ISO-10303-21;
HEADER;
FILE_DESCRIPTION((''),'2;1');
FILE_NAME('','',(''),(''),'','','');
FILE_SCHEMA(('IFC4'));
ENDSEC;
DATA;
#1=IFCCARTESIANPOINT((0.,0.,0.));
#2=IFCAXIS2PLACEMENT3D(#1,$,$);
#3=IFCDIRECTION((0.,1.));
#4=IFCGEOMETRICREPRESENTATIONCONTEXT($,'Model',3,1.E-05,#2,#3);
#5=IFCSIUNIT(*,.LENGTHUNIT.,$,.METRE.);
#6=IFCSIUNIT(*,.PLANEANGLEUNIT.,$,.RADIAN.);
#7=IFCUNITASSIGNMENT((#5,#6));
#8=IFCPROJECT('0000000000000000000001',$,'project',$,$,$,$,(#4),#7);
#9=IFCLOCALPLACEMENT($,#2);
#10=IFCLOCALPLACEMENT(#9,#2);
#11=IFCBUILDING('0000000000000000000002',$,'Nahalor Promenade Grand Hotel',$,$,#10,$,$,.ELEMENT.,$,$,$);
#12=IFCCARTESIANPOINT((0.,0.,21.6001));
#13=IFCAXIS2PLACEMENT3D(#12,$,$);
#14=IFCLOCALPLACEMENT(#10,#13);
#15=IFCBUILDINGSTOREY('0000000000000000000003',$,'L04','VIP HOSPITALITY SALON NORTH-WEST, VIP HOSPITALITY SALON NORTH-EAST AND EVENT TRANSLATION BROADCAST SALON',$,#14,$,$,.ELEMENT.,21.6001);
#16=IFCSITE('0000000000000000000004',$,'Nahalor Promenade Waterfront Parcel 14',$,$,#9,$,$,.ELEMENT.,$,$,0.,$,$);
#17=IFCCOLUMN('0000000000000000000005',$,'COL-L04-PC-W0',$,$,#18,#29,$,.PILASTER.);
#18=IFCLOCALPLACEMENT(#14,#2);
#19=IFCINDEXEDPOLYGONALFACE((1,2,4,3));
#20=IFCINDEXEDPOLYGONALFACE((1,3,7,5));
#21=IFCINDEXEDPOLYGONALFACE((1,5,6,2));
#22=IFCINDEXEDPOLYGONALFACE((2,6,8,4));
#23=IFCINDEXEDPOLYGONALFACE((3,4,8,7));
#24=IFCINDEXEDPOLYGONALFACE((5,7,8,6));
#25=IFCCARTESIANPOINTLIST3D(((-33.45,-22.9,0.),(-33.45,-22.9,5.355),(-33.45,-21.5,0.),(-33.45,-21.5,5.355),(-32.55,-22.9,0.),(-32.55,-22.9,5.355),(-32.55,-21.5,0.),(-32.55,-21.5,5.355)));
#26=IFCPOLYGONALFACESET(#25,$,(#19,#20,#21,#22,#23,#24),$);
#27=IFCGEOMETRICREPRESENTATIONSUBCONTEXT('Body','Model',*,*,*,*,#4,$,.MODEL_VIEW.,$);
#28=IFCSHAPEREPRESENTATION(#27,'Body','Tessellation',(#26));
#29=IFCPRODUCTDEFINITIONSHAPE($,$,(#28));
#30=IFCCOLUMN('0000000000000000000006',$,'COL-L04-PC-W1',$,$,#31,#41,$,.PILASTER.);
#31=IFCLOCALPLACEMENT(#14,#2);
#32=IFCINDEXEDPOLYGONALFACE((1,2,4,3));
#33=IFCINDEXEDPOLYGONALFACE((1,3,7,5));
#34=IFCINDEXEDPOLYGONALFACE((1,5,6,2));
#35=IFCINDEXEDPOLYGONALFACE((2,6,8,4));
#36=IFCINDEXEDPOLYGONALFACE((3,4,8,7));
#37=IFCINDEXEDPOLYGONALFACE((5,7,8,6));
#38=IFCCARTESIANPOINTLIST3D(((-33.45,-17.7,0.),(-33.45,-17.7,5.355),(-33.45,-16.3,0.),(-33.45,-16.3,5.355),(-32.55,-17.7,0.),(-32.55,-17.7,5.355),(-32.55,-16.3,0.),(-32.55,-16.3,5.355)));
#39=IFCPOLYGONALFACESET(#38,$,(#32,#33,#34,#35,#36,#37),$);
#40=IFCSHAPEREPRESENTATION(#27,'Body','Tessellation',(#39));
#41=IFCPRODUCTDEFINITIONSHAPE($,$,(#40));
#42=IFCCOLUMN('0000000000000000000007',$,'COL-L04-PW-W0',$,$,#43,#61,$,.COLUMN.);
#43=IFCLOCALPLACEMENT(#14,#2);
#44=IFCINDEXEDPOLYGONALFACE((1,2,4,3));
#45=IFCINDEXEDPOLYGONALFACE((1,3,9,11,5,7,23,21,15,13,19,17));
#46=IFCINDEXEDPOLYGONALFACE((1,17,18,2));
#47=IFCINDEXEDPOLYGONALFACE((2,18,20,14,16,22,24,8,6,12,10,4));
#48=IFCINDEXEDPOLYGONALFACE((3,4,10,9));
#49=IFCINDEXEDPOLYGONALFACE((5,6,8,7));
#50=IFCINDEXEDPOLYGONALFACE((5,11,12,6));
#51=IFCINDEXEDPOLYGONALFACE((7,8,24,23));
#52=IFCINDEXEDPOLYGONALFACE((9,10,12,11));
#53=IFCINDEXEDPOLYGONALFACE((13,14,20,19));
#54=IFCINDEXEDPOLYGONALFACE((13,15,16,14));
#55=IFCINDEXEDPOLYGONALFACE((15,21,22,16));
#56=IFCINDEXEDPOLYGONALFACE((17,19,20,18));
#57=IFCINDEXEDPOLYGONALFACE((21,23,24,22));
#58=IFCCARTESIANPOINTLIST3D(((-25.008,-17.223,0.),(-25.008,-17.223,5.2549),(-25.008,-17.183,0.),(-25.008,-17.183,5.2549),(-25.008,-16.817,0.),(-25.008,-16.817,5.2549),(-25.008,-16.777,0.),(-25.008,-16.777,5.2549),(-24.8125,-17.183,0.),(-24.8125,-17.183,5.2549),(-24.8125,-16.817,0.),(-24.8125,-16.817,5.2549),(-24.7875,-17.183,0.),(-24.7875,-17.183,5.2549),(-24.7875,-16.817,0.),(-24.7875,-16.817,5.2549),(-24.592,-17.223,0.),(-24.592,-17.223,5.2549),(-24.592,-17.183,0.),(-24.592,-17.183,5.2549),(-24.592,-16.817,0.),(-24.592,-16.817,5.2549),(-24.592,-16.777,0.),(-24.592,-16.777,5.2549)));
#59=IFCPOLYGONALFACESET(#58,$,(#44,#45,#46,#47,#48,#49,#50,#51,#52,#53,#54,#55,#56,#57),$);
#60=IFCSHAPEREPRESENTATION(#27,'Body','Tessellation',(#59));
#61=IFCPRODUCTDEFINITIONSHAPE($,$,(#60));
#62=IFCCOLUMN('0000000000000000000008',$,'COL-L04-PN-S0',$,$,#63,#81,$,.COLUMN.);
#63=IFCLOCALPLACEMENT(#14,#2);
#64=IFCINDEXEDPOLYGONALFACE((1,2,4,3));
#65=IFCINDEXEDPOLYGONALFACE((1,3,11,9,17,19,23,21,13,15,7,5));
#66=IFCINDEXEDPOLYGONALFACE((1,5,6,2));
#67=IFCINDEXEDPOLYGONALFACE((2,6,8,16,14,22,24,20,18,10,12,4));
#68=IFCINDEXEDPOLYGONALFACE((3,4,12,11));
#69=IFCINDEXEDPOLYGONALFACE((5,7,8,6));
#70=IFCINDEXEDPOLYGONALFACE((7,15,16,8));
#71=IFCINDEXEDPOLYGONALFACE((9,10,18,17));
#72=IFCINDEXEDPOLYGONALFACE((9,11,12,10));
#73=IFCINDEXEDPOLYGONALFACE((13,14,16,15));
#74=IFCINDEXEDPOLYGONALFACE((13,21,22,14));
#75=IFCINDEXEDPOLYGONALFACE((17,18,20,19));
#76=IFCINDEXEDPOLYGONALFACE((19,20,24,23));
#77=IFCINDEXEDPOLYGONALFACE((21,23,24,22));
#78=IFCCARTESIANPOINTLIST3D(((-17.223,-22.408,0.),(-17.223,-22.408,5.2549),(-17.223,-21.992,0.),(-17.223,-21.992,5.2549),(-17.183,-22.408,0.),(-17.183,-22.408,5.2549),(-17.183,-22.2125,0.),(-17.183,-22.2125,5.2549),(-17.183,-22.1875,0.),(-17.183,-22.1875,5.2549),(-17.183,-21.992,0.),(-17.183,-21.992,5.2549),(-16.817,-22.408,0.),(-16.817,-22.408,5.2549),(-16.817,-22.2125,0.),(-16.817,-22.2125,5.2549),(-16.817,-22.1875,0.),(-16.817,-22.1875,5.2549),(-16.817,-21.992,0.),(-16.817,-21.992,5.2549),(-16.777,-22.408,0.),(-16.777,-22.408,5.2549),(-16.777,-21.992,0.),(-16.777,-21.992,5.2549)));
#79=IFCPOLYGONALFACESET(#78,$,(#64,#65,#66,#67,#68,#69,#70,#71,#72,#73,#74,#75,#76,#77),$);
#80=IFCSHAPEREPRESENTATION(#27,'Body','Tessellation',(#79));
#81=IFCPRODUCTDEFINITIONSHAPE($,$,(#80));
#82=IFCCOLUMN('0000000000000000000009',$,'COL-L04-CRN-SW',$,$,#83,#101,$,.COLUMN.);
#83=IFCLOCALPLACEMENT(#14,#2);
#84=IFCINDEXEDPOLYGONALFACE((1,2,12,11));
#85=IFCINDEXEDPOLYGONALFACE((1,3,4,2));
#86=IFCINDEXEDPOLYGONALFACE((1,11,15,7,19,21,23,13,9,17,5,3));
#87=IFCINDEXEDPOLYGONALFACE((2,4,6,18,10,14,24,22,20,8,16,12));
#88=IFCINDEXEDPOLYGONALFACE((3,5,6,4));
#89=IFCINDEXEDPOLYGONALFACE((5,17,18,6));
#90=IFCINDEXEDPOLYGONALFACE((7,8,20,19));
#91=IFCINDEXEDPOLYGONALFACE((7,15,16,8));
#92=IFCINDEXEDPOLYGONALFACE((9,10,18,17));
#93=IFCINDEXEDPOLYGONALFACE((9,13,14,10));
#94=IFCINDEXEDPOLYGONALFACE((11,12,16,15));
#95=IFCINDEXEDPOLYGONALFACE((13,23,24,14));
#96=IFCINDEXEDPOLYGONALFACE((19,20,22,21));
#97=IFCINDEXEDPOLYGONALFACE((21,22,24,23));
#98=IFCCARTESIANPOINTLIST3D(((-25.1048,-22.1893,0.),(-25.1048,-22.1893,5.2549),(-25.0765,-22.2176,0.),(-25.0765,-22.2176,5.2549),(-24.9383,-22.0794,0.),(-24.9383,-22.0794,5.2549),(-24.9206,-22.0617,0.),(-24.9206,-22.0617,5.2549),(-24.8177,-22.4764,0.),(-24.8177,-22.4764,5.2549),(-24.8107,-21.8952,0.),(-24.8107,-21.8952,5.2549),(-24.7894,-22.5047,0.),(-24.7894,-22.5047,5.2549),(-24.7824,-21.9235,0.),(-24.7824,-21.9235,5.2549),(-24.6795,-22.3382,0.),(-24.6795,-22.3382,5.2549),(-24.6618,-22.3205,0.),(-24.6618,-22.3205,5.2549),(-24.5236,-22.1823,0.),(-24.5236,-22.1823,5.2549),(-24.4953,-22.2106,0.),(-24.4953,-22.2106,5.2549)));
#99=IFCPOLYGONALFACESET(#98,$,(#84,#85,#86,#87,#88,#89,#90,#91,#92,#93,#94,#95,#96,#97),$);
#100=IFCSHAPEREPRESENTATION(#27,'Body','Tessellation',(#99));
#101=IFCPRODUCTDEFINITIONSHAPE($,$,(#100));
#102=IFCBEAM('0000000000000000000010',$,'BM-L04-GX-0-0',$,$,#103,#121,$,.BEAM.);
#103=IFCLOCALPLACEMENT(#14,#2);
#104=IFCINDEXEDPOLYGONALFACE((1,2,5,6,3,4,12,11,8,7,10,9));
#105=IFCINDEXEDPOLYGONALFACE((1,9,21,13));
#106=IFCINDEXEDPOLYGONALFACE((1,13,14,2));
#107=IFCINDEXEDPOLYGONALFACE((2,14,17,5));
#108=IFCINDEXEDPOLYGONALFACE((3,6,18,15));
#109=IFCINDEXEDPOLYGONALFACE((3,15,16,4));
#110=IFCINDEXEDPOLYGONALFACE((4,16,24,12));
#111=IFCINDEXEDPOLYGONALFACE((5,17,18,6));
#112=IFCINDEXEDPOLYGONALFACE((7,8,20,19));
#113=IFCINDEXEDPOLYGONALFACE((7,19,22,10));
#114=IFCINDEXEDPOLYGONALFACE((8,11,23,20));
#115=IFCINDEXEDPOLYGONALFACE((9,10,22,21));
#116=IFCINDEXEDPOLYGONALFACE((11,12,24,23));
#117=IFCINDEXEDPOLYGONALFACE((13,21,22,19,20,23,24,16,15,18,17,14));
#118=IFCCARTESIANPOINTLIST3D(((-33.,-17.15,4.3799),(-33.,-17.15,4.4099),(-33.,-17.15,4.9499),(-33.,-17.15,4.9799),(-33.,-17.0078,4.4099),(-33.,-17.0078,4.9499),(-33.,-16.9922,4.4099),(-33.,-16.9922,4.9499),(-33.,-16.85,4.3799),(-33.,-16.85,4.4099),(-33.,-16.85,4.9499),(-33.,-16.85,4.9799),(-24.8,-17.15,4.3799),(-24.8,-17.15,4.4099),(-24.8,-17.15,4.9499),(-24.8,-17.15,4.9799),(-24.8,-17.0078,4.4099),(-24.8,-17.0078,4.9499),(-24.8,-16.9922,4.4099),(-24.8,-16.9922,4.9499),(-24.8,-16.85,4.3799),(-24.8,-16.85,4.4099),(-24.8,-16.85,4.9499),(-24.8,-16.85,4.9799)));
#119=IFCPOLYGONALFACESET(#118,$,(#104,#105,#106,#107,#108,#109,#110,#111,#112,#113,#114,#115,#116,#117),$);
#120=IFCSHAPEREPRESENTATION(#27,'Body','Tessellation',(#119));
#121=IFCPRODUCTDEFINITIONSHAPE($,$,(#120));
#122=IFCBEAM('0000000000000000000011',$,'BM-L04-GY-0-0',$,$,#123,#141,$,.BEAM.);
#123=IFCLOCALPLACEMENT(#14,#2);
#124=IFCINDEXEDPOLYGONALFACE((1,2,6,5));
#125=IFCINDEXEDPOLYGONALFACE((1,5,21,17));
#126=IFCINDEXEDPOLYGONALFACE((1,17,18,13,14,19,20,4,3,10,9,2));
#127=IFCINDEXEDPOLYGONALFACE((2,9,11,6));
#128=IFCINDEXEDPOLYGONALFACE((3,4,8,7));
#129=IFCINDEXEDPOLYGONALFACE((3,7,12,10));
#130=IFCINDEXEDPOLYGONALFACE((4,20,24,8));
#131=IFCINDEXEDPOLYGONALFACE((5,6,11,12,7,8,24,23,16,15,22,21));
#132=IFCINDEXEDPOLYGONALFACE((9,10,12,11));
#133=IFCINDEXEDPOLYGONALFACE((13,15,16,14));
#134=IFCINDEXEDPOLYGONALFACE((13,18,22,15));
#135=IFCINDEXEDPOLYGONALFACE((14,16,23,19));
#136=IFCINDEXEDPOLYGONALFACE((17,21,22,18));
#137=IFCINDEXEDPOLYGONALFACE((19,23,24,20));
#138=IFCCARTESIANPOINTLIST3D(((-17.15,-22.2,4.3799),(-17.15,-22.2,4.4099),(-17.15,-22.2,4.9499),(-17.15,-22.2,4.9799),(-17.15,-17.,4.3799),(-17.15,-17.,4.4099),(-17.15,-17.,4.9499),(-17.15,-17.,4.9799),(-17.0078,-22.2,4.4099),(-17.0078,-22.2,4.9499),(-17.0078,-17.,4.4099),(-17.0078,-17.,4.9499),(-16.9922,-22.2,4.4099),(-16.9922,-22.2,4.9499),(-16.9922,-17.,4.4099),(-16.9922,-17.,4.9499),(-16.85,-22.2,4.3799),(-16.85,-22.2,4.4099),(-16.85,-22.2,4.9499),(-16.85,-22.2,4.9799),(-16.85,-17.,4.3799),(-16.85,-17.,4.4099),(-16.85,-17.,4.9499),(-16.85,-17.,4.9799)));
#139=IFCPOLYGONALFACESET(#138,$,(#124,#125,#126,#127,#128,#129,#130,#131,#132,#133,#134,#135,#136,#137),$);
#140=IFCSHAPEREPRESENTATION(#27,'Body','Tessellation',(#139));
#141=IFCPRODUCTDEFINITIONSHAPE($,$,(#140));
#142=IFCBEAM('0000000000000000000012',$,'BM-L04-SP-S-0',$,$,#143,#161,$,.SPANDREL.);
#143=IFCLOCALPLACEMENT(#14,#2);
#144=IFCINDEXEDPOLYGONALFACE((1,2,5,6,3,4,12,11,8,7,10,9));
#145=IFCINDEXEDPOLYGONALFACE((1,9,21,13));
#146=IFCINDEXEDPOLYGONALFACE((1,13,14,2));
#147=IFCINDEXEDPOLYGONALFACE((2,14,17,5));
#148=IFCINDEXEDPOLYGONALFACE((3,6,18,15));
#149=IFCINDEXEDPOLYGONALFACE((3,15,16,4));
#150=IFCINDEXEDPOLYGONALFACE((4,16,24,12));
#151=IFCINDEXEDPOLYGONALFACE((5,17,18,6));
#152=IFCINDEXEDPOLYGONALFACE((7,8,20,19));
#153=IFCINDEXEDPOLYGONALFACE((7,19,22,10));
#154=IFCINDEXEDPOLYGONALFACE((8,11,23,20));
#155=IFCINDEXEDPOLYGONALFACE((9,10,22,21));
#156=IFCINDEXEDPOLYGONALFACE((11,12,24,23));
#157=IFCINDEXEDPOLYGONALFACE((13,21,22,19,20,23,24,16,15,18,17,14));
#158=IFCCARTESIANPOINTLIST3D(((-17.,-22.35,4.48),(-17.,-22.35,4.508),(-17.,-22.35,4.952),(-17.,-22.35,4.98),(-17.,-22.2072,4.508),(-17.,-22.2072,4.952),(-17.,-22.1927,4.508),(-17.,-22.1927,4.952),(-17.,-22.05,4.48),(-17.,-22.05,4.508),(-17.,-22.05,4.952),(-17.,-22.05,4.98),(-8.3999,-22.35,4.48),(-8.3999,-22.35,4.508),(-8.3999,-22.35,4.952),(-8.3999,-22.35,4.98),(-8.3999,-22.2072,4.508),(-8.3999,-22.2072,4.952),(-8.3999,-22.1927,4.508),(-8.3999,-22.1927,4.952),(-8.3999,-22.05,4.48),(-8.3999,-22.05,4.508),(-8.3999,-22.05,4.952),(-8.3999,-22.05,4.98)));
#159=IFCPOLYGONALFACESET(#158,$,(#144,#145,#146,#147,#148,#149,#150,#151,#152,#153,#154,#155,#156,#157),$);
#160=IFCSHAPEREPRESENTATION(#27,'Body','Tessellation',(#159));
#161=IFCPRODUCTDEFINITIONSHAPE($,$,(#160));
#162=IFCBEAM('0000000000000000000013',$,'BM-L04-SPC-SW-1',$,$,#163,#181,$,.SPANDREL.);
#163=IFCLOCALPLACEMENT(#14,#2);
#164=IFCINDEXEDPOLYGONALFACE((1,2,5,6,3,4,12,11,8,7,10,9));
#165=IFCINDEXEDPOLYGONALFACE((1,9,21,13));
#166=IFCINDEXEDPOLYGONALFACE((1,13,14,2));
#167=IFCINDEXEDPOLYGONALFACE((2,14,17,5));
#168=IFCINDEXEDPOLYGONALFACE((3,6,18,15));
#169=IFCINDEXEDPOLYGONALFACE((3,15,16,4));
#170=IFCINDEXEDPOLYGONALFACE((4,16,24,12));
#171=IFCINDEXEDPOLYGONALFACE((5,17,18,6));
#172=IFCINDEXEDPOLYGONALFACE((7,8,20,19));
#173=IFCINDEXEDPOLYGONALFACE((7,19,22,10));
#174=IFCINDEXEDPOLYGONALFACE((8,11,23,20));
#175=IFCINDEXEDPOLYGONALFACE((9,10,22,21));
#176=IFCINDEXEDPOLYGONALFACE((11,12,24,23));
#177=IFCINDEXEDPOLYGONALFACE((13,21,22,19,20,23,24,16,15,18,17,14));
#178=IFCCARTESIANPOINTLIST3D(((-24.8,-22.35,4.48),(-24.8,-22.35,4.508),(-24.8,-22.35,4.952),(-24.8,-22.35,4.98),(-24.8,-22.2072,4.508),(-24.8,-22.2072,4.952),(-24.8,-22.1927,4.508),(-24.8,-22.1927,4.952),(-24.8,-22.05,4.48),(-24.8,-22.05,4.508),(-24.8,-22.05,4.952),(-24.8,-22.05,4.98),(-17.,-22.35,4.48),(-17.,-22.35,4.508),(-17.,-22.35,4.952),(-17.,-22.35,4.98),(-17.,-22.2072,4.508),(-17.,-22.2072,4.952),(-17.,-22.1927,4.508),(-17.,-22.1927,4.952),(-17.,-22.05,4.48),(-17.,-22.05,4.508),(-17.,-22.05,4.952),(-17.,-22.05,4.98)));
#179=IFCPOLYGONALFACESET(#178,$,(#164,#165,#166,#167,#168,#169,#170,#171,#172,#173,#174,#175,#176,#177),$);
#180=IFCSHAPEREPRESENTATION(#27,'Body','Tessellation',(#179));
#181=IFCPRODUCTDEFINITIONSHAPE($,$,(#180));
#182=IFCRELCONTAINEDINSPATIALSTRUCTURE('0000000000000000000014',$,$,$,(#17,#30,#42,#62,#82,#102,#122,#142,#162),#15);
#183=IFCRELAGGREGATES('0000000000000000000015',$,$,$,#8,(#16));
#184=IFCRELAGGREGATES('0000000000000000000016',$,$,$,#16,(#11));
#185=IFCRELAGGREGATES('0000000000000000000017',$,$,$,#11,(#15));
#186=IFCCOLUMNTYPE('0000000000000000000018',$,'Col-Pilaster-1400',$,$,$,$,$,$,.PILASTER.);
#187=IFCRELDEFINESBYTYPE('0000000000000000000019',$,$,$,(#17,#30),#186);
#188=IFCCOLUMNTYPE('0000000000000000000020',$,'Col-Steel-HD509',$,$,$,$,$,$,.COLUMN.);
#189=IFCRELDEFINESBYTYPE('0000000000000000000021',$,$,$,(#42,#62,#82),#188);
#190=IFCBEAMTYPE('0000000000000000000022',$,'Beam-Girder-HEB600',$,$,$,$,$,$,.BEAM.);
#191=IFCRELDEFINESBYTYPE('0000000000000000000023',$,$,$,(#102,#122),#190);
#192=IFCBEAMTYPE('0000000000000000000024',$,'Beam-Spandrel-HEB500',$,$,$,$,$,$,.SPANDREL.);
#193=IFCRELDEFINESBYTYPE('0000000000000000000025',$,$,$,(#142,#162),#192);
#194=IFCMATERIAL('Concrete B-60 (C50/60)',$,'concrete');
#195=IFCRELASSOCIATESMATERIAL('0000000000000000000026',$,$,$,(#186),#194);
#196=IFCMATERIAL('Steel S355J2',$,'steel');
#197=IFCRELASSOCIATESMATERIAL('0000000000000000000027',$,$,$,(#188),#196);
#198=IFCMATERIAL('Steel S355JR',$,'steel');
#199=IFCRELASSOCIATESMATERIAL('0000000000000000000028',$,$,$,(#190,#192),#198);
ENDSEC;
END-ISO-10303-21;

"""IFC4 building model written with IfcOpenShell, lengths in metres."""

from ifc_helpers import new_model, si_unit, direction, frame, origin, origin_2d, place, context, subcontext, project, spatial, rectangle, i_section, extrude, source, transform, mapped, material, material_profile, profile_set, type_object, element, save


model = new_model("IFC4")

# Units and contexts
model_context = context("Model", 3, precision=1e-05, world=origin(), true_north=direction((0.0, 1.0)))
body_context = subcontext(model_context, "Body", "Model", "MODEL_VIEW")
ifc_project = project(units=[si_unit("LENGTHUNIT", "METRE"), si_unit("PLANEANGLEUNIT", "RADIAN")], contexts=[model_context])

# Site, building, storey
site_placement = place(None, origin())
site = spatial("IfcSite", under=ifc_project, at=site_placement, Name="Nahalor Promenade Waterfront Parcel 14", CompositionType="ELEMENT", RefElevation=0.0)
building_placement = place(site_placement, origin())
building = spatial("IfcBuilding", under=site, at=building_placement, Name="Nahalor Promenade Grand Hotel", CompositionType="ELEMENT")
storey_placement = place(building_placement, frame((0.0, 0.0, 21.6001)))
storey = spatial("IfcBuildingStorey", under=building, at=storey_placement, Name="L04", Description="VIP HOSPITALITY SALON NORTH-WEST, VIP HOSPITALITY SALON NORTH-EAST AND EVENT TRANSLATION BROADCAST SALON", CompositionType="ELEMENT", Elevation=21.6001)

# Columns
ifc_material_1 = material(Name="Concrete B-60 (C50/60)", Category="concrete")
ifc_material_profile_1 = material_profile(ifc_material_1, rectangle(XDim=0.9, YDim=1.4, at=origin_2d()), Name="RC 900x1400")
ifc_profile_set_1 = profile_set([ifc_material_profile_1], Name="Concrete B-60 (C50/60)")
column_type_1 = type_object("IfcColumnType", Name="Col-Pilaster-1400", PredefinedType="PILASTER", material=ifc_profile_set_1)
shared_shape_1 = source(origin(), body_context, "Body", "SweptSolid", [
    extrude(rectangle(XDim=0.9, YDim=1.4, at=origin_2d()), origin(), (0.0, 0.0, 1.0), 5.355),
])
for number, where, z_axis, x_axis, name in (
    (1, (-33.0, -22.2, 0.0), (0.0, 0.0, 1.0), (1.0, 0.0, 0.0), "COL-L04-PC-W0"),
    (2, (-33.0, -17.0, 0.0), (0.0, 0.0, 1.0), (1.0, 0.0, 0.0), "COL-L04-PC-W1"),
):
    element("IfcColumn", number, at=place(storey_placement, frame(where, z_axis=z_axis, x_axis=x_axis)), inside=storey, type_object=column_type_1, Name=name, PredefinedType="PILASTER", context=body_context, shape_type="MappedRepresentation", body=[
        mapped(shared_shape_1, transform((0.0, 0.0, 0.0), scale=1.0)),
    ])
ifc_material_2 = material(Name="Steel S355J2", Category="steel")
ifc_material_profile_2 = material_profile(ifc_material_2, i_section(OverallWidth=0.416, OverallDepth=0.446, WebThickness=0.025, FlangeThickness=0.04, at=origin_2d()), Name="HD 400x509")
ifc_profile_set_2 = profile_set([ifc_material_profile_2], Name="Steel S355J2")
column_type_2 = type_object("IfcColumnType", Name="Col-Steel-HD509", PredefinedType="COLUMN", material=ifc_profile_set_2)
shared_shape_2 = source(origin(), body_context, "Body", "SweptSolid", [
    extrude(i_section(OverallWidth=0.416, OverallDepth=0.446, WebThickness=0.025, FlangeThickness=0.04, at=origin_2d()), origin(), (0.0, 0.0, 1.0), 5.2549),
])
for number, where, z_axis, x_axis, name in (
    (3, (-24.8, -17.0, 0.0), (0.0, 0.0, 1.0), (1.0, 0.0, 0.0), "COL-L04-PW-W0"),
    (4, (-17.0, -22.2, 0.0), (0.0, 0.0, 1.0), (0.0, 1.0, 0.0), "COL-L04-PN-S0"),
    (5, (-24.8, -22.2, 0.0), (0.0, 0.0, 1.0), (0.707107, 0.707107, 0.0), "COL-L04-CRN-SW"),
):
    element("IfcColumn", number, at=place(storey_placement, frame(where, z_axis=z_axis, x_axis=x_axis)), inside=storey, type_object=column_type_2, Name=name, PredefinedType="COLUMN", context=body_context, shape_type="MappedRepresentation", body=[
        mapped(shared_shape_2, transform((0.0, 0.0, 0.0), scale=1.0)),
    ])

# Beams
ifc_material_3 = material(Name="Steel S355JR", Category="steel")
ifc_material_profile_3 = material_profile(ifc_material_3, i_section(OverallWidth=0.3, OverallDepth=0.6, WebThickness=0.0155, FlangeThickness=0.03, at=origin_2d()), Name="HEB 600")
ifc_profile_set_3 = profile_set([ifc_material_profile_3], Name="Steel S355JR")
beam_type_1 = type_object("IfcBeamType", Name="Beam-Girder-HEB600", PredefinedType="BEAM", material=ifc_profile_set_3)
shared_shape_3 = source(origin(), body_context, "Body", "SweptSolid", [
    extrude(i_section(OverallWidth=0.3, OverallDepth=0.6, WebThickness=0.0155, FlangeThickness=0.03, at=origin_2d()), origin(), (0.0, 0.0, 1.0), 8.2),
])
beam_1_placement = place(storey_placement, frame((-33.0, -17.0, 4.6799), z_axis=(1.0, 0.0, 0.0), x_axis=(0.0, 1.0, 0.0)))
element("IfcBeam", 6, at=beam_1_placement, inside=storey, type_object=beam_type_1, Name="BM-L04-GX-0-0", PredefinedType="BEAM", context=body_context, shape_type="MappedRepresentation", body=[
    mapped(shared_shape_3, transform((0.0, 0.0, 0.0), scale=1.0)),
])
shared_shape_4 = source(origin(), body_context, "Body", "SweptSolid", [
    extrude(i_section(OverallWidth=0.3, OverallDepth=0.6, WebThickness=0.0155, FlangeThickness=0.03, at=origin_2d()), origin(), (0.0, 0.0, 1.0), 5.2),
])
beam_2_placement = place(storey_placement, frame((-17.0, -22.2, 4.6799), z_axis=(0.0, 1.0, 0.0), x_axis=(-1.0, 0.0, 0.0)))
element("IfcBeam", 7, at=beam_2_placement, inside=storey, type_object=beam_type_1, Name="BM-L04-GY-0-0", PredefinedType="BEAM", context=body_context, shape_type="MappedRepresentation", body=[
    mapped(shared_shape_4, transform((0.0, 0.0, 0.0), scale=1.0)),
])
ifc_material_profile_4 = material_profile(ifc_material_3, i_section(OverallWidth=0.3, OverallDepth=0.5, WebThickness=0.0145, FlangeThickness=0.028, at=origin_2d()), Name="HEB 500")
ifc_profile_set_4 = profile_set([ifc_material_profile_4], Name="Steel S355JR")
beam_type_2 = type_object("IfcBeamType", Name="Beam-Spandrel-HEB500", PredefinedType="SPANDREL", material=ifc_profile_set_4)
shared_shape_5 = source(origin(), body_context, "Body", "SweptSolid", [
    extrude(i_section(OverallWidth=0.3, OverallDepth=0.5, WebThickness=0.0145, FlangeThickness=0.028, at=origin_2d()), origin(), (0.0, 0.0, 1.0), 8.6001),
])
beam_3_placement = place(storey_placement, frame((-17.0, -22.2, 4.73), z_axis=(1.0, 0.0, 0.0), x_axis=(0.0, 1.0, 0.0)))
element("IfcBeam", 8, at=beam_3_placement, inside=storey, type_object=beam_type_2, Name="BM-L04-SP-S-0", PredefinedType="SPANDREL", context=body_context, shape_type="MappedRepresentation", body=[
    mapped(shared_shape_5, transform((0.0, 0.0, 0.0), scale=1.0)),
])
shared_shape_6 = source(origin(), body_context, "Body", "SweptSolid", [
    extrude(i_section(OverallWidth=0.3, OverallDepth=0.5, WebThickness=0.0145, FlangeThickness=0.028, at=origin_2d()), origin(), (0.0, 0.0, 1.0), 7.8),
])
beam_4_placement = place(storey_placement, frame((-17.0, -22.2, 4.73), z_axis=(-1.0, 0.0, 0.0), x_axis=(0.0, -1.0, 0.0)))
element("IfcBeam", 9, at=beam_4_placement, inside=storey, type_object=beam_type_2, Name="BM-L04-SPC-SW-1", PredefinedType="SPANDREL", context=body_context, shape_type="MappedRepresentation", body=[
    mapped(shared_shape_6, transform((0.0, 0.0, 0.0), scale=1.0)),
])

save(model, "model.ifc")
